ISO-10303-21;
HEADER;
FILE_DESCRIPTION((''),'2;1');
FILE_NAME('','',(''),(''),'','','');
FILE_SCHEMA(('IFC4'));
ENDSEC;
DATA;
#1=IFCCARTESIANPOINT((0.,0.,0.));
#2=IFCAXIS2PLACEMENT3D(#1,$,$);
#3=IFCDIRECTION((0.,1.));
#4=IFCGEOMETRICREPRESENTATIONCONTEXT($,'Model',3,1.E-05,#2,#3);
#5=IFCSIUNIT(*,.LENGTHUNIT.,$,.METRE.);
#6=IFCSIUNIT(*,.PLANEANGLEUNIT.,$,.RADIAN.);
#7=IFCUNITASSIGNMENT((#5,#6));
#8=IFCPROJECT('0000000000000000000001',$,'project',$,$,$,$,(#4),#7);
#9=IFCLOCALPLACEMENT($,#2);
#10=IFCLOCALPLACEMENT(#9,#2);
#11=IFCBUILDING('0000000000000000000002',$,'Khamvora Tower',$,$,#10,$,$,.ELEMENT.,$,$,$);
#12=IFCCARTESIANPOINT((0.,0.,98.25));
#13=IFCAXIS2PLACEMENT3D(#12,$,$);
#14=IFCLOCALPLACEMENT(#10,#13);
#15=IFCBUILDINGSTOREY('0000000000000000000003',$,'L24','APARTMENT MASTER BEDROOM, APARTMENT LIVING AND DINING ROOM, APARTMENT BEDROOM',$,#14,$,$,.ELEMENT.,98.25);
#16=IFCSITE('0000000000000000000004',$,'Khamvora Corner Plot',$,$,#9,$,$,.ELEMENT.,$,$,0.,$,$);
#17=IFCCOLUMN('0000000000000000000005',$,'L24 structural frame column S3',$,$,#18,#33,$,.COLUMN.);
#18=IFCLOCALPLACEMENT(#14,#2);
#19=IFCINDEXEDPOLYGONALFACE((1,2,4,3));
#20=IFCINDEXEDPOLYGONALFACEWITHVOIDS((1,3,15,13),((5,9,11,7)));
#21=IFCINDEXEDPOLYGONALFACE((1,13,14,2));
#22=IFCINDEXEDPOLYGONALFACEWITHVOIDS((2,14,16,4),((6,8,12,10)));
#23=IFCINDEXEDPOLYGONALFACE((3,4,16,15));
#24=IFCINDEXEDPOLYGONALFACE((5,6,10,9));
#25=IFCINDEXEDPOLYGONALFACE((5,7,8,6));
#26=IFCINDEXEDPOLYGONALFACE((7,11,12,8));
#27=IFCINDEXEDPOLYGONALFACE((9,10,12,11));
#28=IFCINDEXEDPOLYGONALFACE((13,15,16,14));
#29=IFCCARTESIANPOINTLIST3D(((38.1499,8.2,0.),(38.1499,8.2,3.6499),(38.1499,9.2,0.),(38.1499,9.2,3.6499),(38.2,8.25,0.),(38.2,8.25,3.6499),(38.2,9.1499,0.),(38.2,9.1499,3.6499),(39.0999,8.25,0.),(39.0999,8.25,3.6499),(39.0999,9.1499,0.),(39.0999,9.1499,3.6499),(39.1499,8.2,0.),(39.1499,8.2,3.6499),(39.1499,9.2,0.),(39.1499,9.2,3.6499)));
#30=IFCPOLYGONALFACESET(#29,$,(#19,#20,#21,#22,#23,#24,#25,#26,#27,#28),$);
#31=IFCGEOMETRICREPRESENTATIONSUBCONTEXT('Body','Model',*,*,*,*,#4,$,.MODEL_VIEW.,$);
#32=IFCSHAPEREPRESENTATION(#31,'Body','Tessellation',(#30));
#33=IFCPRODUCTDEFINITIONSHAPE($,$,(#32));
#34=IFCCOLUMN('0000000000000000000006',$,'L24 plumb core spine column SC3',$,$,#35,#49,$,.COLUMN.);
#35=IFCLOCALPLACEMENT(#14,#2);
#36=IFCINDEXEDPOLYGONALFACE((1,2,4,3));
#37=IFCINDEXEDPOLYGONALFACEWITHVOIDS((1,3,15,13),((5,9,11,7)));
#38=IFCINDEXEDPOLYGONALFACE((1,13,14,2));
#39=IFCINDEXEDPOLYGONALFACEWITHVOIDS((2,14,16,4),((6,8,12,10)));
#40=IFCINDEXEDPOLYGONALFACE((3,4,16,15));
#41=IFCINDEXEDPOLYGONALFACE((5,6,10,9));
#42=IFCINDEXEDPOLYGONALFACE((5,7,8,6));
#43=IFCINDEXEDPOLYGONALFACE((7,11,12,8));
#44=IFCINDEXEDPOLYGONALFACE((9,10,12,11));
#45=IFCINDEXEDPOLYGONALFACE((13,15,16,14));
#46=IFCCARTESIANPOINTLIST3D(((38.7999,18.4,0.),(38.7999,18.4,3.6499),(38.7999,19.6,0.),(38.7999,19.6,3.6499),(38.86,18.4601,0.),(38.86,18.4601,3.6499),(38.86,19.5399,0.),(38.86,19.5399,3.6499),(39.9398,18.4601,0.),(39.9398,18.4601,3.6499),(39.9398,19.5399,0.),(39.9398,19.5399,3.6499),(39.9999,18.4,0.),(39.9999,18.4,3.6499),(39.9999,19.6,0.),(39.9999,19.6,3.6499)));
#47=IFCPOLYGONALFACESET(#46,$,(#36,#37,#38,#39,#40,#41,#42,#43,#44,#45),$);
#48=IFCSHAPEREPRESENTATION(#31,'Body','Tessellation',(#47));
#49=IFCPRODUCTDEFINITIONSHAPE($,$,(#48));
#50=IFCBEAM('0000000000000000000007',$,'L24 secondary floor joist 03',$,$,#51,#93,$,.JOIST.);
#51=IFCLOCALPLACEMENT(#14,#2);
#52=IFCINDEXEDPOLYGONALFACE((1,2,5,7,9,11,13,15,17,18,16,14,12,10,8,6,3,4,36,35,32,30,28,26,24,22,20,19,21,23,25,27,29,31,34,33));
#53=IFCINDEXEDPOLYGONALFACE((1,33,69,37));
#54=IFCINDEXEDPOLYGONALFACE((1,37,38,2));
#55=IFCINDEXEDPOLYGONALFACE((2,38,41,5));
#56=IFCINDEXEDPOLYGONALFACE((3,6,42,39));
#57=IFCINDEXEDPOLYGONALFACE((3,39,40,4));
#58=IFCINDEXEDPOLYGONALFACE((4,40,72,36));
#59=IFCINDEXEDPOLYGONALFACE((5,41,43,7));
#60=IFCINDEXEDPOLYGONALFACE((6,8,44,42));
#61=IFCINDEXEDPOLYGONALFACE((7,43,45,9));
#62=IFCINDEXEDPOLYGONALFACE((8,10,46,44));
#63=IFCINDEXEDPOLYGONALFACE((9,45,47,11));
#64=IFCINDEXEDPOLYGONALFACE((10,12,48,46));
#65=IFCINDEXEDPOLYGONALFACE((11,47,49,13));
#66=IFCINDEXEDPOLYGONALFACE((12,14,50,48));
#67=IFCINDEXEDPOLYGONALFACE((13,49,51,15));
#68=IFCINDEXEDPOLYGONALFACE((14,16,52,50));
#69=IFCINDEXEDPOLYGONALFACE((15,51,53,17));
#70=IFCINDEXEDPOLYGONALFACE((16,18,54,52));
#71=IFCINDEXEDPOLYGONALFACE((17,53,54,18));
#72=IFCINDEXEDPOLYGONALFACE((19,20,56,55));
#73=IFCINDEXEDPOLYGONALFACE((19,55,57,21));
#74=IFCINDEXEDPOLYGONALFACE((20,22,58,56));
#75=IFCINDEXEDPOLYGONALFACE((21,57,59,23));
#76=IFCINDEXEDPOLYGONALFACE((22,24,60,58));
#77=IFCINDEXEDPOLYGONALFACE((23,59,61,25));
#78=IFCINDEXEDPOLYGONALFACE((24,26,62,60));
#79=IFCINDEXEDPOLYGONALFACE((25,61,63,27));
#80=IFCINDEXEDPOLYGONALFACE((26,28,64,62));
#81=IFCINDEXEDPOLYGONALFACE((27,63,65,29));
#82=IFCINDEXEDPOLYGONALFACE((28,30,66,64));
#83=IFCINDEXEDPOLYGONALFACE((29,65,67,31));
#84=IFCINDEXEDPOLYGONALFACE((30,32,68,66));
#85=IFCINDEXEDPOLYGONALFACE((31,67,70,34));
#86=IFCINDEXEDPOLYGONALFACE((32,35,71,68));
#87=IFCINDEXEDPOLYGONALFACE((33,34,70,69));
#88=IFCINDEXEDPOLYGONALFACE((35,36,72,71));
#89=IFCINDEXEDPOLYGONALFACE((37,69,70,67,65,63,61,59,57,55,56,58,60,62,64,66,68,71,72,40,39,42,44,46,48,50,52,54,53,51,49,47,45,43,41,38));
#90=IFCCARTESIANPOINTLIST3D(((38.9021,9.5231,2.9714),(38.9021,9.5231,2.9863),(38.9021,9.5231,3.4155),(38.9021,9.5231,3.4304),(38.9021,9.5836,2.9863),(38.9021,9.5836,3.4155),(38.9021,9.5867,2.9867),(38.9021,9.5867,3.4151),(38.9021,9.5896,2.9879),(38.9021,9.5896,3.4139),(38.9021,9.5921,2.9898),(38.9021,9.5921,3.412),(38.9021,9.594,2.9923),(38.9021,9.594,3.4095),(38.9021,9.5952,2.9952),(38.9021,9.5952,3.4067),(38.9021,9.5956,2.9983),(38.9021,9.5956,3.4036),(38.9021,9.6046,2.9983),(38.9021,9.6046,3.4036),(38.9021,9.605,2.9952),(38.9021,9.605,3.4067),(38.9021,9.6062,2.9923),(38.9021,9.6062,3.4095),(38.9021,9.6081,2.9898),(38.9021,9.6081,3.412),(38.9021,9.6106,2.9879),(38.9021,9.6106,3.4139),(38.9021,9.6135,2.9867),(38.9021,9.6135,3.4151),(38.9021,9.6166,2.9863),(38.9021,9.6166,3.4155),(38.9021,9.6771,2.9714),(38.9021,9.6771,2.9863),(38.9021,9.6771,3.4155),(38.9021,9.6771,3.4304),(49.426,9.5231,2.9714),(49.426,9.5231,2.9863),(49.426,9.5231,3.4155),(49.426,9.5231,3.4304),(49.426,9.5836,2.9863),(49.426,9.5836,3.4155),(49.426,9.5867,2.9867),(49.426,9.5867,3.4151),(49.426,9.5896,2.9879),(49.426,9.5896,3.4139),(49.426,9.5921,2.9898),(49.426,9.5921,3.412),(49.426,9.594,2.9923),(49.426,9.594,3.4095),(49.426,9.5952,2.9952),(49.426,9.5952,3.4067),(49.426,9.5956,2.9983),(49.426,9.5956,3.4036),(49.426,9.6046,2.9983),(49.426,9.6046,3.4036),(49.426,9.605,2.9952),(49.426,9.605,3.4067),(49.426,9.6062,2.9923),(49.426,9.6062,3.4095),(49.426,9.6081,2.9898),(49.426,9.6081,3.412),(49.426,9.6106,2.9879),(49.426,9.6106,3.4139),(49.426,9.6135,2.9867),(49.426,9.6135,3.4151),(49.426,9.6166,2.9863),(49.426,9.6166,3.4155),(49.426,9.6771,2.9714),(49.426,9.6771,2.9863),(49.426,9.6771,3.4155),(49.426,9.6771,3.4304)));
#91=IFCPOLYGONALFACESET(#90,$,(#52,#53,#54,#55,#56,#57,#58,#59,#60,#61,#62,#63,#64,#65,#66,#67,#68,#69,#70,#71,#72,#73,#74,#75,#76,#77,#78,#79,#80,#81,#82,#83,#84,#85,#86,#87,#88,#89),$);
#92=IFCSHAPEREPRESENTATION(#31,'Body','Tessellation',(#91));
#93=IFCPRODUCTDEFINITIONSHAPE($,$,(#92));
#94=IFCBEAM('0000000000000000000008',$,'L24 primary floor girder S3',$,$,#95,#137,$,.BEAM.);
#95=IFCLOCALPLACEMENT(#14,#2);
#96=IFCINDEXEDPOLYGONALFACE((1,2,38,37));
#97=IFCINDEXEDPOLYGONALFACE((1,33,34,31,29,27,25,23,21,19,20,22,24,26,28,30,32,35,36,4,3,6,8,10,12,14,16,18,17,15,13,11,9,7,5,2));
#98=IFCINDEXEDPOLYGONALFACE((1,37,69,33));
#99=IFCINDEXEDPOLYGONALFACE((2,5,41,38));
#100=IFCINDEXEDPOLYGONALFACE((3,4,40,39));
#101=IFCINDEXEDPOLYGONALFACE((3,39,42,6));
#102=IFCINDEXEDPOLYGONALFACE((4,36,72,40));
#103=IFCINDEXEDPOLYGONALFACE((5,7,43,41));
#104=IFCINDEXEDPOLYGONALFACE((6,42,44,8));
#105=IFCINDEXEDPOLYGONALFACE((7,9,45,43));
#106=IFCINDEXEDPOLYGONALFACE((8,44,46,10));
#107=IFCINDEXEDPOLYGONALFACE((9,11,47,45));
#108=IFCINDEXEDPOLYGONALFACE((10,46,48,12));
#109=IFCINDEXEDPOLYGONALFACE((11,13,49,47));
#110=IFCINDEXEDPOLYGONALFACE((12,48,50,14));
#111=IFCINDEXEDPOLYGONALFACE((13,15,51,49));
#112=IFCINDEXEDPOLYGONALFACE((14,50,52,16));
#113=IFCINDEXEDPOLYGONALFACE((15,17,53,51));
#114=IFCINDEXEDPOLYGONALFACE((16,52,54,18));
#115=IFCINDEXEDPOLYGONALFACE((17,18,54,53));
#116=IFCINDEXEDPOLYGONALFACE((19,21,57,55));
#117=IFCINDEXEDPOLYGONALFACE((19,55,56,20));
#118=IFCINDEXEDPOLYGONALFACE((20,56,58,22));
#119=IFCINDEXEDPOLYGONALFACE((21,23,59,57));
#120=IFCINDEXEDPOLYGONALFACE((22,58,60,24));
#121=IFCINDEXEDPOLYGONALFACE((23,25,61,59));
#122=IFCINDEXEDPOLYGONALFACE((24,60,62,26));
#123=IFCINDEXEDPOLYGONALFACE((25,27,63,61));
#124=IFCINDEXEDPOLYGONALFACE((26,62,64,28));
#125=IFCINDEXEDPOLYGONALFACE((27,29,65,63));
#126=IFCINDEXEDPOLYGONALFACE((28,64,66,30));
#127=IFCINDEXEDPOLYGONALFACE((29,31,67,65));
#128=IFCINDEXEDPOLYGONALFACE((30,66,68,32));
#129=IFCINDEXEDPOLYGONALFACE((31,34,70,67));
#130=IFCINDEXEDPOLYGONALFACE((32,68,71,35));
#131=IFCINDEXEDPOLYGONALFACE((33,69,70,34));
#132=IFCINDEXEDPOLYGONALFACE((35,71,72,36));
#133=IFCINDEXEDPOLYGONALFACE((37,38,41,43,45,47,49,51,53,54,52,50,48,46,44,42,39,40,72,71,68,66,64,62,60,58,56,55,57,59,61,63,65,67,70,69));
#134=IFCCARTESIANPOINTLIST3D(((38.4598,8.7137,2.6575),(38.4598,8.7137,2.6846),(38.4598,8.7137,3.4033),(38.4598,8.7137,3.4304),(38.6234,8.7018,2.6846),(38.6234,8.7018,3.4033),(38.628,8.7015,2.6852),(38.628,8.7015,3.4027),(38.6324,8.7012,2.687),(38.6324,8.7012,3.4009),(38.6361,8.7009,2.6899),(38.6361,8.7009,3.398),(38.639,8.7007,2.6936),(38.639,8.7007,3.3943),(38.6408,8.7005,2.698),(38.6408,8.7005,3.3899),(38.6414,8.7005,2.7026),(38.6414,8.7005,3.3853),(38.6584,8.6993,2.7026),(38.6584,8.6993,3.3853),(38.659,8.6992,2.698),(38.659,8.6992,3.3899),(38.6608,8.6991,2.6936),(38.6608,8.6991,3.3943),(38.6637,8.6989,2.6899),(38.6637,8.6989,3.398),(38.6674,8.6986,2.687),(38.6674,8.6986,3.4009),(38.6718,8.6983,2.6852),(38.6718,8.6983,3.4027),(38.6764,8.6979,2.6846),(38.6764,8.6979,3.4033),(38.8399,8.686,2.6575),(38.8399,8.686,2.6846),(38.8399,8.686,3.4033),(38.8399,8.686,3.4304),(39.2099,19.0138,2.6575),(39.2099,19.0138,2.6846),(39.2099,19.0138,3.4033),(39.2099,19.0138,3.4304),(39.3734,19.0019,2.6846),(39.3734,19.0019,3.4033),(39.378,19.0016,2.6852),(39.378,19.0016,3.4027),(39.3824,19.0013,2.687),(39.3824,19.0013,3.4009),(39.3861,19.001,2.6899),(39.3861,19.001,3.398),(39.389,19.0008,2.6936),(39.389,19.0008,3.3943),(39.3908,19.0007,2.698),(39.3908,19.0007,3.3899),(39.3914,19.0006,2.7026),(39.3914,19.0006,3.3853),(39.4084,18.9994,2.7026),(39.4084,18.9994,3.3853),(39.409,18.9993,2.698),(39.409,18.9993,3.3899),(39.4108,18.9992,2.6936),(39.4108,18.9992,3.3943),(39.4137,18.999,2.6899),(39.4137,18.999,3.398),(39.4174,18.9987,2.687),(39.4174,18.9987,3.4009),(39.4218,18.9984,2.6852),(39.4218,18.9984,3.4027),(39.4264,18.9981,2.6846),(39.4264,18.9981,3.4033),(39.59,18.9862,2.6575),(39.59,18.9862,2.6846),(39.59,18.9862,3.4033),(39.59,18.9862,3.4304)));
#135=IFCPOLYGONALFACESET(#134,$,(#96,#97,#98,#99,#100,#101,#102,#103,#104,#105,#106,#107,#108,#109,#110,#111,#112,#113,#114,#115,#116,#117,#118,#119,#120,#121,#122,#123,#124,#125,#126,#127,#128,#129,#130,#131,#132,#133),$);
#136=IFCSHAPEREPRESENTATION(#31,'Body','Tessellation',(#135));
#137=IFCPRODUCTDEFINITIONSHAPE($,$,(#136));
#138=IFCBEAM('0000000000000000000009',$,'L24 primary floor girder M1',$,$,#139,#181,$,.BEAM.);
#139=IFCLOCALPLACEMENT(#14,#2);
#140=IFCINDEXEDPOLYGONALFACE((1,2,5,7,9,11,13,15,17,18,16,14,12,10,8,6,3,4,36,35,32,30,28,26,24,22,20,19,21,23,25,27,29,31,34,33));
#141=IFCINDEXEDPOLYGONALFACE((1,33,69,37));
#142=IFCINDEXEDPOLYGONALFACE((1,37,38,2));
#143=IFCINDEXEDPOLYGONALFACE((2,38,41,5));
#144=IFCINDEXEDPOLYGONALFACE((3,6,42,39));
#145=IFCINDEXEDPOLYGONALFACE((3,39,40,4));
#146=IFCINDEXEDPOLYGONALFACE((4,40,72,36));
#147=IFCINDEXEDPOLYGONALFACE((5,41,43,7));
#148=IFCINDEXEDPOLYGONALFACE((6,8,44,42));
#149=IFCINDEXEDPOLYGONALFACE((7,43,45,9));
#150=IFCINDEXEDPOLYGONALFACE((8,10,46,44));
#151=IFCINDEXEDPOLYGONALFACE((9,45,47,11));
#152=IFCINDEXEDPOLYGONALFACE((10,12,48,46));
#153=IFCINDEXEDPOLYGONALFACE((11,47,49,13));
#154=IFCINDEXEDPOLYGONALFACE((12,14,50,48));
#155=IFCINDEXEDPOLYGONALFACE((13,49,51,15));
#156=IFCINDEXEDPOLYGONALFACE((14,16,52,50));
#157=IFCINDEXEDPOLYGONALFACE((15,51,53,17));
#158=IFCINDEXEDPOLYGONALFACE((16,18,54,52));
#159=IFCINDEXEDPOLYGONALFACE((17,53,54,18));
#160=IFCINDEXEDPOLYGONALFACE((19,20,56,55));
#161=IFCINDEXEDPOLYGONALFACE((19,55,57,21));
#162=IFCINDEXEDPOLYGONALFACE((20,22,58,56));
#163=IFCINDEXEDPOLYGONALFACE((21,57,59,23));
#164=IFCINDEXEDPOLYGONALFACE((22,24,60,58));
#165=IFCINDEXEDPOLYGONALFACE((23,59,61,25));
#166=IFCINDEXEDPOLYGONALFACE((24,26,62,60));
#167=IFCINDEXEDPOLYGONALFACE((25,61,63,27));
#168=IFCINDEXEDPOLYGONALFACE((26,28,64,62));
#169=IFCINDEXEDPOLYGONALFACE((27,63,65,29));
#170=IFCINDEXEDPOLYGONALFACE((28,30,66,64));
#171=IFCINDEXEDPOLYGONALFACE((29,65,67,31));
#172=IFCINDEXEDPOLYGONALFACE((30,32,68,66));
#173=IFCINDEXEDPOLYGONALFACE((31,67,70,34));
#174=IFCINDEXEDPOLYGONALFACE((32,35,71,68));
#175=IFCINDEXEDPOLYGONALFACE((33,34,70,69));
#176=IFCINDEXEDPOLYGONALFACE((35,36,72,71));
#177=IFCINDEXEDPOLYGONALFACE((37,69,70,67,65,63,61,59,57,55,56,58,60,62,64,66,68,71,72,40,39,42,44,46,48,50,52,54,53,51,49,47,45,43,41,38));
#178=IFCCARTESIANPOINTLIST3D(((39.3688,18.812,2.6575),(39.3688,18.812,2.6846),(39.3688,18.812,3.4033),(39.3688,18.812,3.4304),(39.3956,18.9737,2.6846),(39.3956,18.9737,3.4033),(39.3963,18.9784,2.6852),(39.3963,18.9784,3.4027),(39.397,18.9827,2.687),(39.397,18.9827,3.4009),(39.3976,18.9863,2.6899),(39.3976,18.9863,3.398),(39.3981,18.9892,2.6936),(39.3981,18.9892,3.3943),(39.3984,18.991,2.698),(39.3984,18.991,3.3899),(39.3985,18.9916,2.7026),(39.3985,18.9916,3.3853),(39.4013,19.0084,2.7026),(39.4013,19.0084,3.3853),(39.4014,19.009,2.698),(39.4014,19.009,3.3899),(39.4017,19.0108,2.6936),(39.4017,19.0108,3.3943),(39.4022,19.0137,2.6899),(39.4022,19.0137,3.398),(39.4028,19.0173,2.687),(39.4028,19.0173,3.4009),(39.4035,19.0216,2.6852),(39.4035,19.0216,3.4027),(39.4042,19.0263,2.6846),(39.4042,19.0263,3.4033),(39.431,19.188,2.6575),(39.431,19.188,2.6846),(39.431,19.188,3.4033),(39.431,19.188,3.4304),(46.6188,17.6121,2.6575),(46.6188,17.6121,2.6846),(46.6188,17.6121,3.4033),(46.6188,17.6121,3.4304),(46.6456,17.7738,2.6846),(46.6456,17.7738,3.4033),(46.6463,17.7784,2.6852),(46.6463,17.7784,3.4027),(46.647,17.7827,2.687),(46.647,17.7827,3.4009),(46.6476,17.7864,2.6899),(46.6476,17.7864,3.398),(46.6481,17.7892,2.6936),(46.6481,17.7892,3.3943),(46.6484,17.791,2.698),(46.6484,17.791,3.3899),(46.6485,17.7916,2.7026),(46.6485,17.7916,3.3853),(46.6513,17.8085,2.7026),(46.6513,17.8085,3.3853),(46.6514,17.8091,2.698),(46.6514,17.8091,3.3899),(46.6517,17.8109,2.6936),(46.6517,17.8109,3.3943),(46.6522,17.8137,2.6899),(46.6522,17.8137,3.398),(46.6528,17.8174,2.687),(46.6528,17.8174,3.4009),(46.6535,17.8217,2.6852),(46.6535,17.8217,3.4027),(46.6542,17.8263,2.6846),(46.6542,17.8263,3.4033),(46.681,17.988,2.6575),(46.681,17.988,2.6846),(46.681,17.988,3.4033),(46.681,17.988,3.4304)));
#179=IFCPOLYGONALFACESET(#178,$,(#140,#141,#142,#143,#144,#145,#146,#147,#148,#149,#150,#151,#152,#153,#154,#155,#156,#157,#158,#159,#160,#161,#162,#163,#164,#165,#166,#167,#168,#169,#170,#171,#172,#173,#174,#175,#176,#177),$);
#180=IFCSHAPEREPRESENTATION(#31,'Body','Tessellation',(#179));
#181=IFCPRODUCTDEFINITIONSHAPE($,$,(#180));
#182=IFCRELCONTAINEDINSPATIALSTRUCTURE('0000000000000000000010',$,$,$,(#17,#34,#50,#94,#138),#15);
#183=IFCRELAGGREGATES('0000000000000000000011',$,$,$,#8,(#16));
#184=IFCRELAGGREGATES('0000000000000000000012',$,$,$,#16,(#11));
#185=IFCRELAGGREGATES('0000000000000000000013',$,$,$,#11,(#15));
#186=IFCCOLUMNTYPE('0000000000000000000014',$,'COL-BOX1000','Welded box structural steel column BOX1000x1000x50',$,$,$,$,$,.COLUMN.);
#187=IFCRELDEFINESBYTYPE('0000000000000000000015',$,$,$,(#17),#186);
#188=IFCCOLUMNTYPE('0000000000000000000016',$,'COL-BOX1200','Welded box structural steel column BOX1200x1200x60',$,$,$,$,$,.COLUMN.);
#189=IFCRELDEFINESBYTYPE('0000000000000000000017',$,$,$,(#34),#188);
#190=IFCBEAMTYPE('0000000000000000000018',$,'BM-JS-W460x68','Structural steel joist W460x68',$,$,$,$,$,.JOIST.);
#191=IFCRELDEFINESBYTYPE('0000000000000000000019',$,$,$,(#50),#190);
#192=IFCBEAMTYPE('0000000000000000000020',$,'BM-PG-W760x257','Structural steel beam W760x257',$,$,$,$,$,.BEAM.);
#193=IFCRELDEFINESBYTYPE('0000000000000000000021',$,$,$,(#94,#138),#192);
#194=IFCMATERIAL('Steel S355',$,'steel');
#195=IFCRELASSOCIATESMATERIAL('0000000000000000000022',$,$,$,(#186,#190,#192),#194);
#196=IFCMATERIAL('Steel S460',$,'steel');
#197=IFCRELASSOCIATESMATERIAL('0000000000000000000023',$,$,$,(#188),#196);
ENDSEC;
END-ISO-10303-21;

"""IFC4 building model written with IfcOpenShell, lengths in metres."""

from ifc_helpers import new_model, si_unit, direction, frame, origin, origin_2d, place, context, subcontext, project, spatial, hollow_rectangle, i_section, extrude, material, material_profile, profile_set, type_object, element, save


model = new_model("IFC4")

# Units and contexts
model_context = context("Model", 3, precision=1e-05, world=origin(), true_north=direction((0.0, 1.0)))
body_context = subcontext(model_context, "Body", "Model", "MODEL_VIEW")
ifc_project = project(units=[si_unit("LENGTHUNIT", "METRE"), si_unit("PLANEANGLEUNIT", "RADIAN")], contexts=[model_context])

# Site, building, storey
site_placement = place(None, origin())
site = spatial("IfcSite", under=ifc_project, at=site_placement, Name="Khamvora Corner Plot", CompositionType="ELEMENT", RefElevation=0.0)
building_placement = place(site_placement, origin())
building = spatial("IfcBuilding", under=site, at=building_placement, Name="Khamvora Tower", CompositionType="ELEMENT")
storey_placement = place(building_placement, frame((0.0, 0.0, 98.25)))
storey = spatial("IfcBuildingStorey", under=building, at=storey_placement, Name="L24", Description="APARTMENT MASTER BEDROOM, APARTMENT LIVING AND DINING ROOM, APARTMENT BEDROOM", CompositionType="ELEMENT", Elevation=98.25)

# Columns
ifc_material_1 = material(Name="Steel S355", Category="steel")
ifc_material_profile_1 = material_profile(ifc_material_1, hollow_rectangle(XDim=1.0, YDim=1.0, WallThickness=0.05, at=origin_2d()), Name="BOX1000x1000x50")
ifc_profile_set_1 = profile_set([ifc_material_profile_1], Name="Steel S355")
column_type_1 = type_object("IfcColumnType", Name="COL-BOX1000", Description="Welded box structural steel column BOX1000x1000x50", PredefinedType="COLUMN", material=ifc_profile_set_1)
column_1_placement = place(storey_placement, frame((38.6499, 8.7, 0.0), z_axis=(0.0, 0.0, 1.0), x_axis=(1.0, 0.0, 0.0)))
element("IfcColumn", 1, at=column_1_placement, inside=storey, type_object=column_type_1, Name="L24 structural frame column S3", PredefinedType="COLUMN", context=body_context, shape_type="SweptSolid", body=[
    extrude(hollow_rectangle(XDim=1.0, YDim=1.0, WallThickness=0.05, at=origin_2d()), origin(), (0.0, 0.0, 1.0), 3.6499),
])
ifc_material_2 = material(Name="Steel S460", Category="steel")
ifc_material_profile_2 = material_profile(ifc_material_2, hollow_rectangle(XDim=1.2, YDim=1.2, WallThickness=0.0601, at=origin_2d()), Name="BOX1200x1200x60")
ifc_profile_set_2 = profile_set([ifc_material_profile_2], Name="Steel S460")
column_type_2 = type_object("IfcColumnType", Name="COL-BOX1200", Description="Welded box structural steel column BOX1200x1200x60", PredefinedType="COLUMN", material=ifc_profile_set_2)
column_2_placement = place(storey_placement, frame((39.3999, 19.0, 0.0), z_axis=(0.0, 0.0, 1.0), x_axis=(1.0, 0.0, 0.0)))
element("IfcColumn", 2, at=column_2_placement, inside=storey, type_object=column_type_2, Name="L24 plumb core spine column SC3", PredefinedType="COLUMN", context=body_context, shape_type="SweptSolid", body=[
    extrude(hollow_rectangle(XDim=1.2, YDim=1.2, WallThickness=0.0601, at=origin_2d()), origin(), (0.0, 0.0, 1.0), 3.6499),
])

# Beams
ifc_material_profile_3 = material_profile(ifc_material_1, i_section(OverallWidth=0.1541, OverallDepth=0.459, WebThickness=0.009, FlangeThickness=0.0149, FilletRadius=0.012, at=origin_2d()), Name="W460x68")
ifc_profile_set_3 = profile_set([ifc_material_profile_3], Name="Steel S355")
beam_type_1 = type_object("IfcBeamType", Name="BM-JS-W460x68", Description="Structural steel joist W460x68", PredefinedType="JOIST", material=ifc_profile_set_3)
beam_1_placement = place(storey_placement, frame((38.9021, 9.6001, 3.2009), z_axis=(1.0, 0.0, 0.0), x_axis=(0.0, 1.0, 0.0)))
element("IfcBeam", 3, at=beam_1_placement, inside=storey, type_object=beam_type_1, Name="L24 secondary floor joist 03", PredefinedType="JOIST", context=body_context, shape_type="SweptSolid", body=[
    extrude(i_section(OverallWidth=0.1541, OverallDepth=0.459, WebThickness=0.009, FlangeThickness=0.0149, FilletRadius=0.012, at=origin_2d()), origin(), (0.0, 0.0, 1.0), 10.5239),
])
ifc_material_profile_4 = material_profile(ifc_material_1, i_section(OverallWidth=0.3811, OverallDepth=0.7729, WebThickness=0.0171, FlangeThickness=0.0271, FilletRadius=0.0181, at=origin_2d()), Name="W760x257")
ifc_profile_set_4 = profile_set([ifc_material_profile_4], Name="Steel S355")
beam_type_2 = type_object("IfcBeamType", Name="BM-PG-W760x257", Description="Structural steel beam W760x257", PredefinedType="BEAM", material=ifc_profile_set_4)
beam_2_placement = place(storey_placement, frame((39.3999, 19.0, 3.0439), z_axis=(-0.072623, -0.997359, 0.0), x_axis=(0.997359, -0.072623, 0.0)))
element("IfcBeam", 4, at=beam_2_placement, inside=storey, type_object=beam_type_2, Name="L24 primary floor girder S3", PredefinedType="BEAM", context=body_context, shape_type="SweptSolid", body=[
    extrude(i_section(OverallWidth=0.3811, OverallDepth=0.7729, WebThickness=0.0171, FlangeThickness=0.0271, FilletRadius=0.0181, at=origin_2d()), origin(), (0.0, 0.0, 1.0), 10.3274),
])
beam_3_placement = place(storey_placement, frame((39.3999, 19.0, 3.0439), z_axis=(0.986578, -0.163289, 0.0), x_axis=(0.163289, 0.986578, 0.0)))
element("IfcBeam", 5, at=beam_3_placement, inside=storey, type_object=beam_type_2, Name="L24 primary floor girder M1", PredefinedType="BEAM", context=body_context, shape_type="SweptSolid", body=[
    extrude(i_section(OverallWidth=0.3811, OverallDepth=0.7729, WebThickness=0.0171, FlangeThickness=0.0271, FilletRadius=0.0181, at=origin_2d()), origin(), (0.0, 0.0, 1.0), 7.3486),
])

save(model, "model.ifc")
